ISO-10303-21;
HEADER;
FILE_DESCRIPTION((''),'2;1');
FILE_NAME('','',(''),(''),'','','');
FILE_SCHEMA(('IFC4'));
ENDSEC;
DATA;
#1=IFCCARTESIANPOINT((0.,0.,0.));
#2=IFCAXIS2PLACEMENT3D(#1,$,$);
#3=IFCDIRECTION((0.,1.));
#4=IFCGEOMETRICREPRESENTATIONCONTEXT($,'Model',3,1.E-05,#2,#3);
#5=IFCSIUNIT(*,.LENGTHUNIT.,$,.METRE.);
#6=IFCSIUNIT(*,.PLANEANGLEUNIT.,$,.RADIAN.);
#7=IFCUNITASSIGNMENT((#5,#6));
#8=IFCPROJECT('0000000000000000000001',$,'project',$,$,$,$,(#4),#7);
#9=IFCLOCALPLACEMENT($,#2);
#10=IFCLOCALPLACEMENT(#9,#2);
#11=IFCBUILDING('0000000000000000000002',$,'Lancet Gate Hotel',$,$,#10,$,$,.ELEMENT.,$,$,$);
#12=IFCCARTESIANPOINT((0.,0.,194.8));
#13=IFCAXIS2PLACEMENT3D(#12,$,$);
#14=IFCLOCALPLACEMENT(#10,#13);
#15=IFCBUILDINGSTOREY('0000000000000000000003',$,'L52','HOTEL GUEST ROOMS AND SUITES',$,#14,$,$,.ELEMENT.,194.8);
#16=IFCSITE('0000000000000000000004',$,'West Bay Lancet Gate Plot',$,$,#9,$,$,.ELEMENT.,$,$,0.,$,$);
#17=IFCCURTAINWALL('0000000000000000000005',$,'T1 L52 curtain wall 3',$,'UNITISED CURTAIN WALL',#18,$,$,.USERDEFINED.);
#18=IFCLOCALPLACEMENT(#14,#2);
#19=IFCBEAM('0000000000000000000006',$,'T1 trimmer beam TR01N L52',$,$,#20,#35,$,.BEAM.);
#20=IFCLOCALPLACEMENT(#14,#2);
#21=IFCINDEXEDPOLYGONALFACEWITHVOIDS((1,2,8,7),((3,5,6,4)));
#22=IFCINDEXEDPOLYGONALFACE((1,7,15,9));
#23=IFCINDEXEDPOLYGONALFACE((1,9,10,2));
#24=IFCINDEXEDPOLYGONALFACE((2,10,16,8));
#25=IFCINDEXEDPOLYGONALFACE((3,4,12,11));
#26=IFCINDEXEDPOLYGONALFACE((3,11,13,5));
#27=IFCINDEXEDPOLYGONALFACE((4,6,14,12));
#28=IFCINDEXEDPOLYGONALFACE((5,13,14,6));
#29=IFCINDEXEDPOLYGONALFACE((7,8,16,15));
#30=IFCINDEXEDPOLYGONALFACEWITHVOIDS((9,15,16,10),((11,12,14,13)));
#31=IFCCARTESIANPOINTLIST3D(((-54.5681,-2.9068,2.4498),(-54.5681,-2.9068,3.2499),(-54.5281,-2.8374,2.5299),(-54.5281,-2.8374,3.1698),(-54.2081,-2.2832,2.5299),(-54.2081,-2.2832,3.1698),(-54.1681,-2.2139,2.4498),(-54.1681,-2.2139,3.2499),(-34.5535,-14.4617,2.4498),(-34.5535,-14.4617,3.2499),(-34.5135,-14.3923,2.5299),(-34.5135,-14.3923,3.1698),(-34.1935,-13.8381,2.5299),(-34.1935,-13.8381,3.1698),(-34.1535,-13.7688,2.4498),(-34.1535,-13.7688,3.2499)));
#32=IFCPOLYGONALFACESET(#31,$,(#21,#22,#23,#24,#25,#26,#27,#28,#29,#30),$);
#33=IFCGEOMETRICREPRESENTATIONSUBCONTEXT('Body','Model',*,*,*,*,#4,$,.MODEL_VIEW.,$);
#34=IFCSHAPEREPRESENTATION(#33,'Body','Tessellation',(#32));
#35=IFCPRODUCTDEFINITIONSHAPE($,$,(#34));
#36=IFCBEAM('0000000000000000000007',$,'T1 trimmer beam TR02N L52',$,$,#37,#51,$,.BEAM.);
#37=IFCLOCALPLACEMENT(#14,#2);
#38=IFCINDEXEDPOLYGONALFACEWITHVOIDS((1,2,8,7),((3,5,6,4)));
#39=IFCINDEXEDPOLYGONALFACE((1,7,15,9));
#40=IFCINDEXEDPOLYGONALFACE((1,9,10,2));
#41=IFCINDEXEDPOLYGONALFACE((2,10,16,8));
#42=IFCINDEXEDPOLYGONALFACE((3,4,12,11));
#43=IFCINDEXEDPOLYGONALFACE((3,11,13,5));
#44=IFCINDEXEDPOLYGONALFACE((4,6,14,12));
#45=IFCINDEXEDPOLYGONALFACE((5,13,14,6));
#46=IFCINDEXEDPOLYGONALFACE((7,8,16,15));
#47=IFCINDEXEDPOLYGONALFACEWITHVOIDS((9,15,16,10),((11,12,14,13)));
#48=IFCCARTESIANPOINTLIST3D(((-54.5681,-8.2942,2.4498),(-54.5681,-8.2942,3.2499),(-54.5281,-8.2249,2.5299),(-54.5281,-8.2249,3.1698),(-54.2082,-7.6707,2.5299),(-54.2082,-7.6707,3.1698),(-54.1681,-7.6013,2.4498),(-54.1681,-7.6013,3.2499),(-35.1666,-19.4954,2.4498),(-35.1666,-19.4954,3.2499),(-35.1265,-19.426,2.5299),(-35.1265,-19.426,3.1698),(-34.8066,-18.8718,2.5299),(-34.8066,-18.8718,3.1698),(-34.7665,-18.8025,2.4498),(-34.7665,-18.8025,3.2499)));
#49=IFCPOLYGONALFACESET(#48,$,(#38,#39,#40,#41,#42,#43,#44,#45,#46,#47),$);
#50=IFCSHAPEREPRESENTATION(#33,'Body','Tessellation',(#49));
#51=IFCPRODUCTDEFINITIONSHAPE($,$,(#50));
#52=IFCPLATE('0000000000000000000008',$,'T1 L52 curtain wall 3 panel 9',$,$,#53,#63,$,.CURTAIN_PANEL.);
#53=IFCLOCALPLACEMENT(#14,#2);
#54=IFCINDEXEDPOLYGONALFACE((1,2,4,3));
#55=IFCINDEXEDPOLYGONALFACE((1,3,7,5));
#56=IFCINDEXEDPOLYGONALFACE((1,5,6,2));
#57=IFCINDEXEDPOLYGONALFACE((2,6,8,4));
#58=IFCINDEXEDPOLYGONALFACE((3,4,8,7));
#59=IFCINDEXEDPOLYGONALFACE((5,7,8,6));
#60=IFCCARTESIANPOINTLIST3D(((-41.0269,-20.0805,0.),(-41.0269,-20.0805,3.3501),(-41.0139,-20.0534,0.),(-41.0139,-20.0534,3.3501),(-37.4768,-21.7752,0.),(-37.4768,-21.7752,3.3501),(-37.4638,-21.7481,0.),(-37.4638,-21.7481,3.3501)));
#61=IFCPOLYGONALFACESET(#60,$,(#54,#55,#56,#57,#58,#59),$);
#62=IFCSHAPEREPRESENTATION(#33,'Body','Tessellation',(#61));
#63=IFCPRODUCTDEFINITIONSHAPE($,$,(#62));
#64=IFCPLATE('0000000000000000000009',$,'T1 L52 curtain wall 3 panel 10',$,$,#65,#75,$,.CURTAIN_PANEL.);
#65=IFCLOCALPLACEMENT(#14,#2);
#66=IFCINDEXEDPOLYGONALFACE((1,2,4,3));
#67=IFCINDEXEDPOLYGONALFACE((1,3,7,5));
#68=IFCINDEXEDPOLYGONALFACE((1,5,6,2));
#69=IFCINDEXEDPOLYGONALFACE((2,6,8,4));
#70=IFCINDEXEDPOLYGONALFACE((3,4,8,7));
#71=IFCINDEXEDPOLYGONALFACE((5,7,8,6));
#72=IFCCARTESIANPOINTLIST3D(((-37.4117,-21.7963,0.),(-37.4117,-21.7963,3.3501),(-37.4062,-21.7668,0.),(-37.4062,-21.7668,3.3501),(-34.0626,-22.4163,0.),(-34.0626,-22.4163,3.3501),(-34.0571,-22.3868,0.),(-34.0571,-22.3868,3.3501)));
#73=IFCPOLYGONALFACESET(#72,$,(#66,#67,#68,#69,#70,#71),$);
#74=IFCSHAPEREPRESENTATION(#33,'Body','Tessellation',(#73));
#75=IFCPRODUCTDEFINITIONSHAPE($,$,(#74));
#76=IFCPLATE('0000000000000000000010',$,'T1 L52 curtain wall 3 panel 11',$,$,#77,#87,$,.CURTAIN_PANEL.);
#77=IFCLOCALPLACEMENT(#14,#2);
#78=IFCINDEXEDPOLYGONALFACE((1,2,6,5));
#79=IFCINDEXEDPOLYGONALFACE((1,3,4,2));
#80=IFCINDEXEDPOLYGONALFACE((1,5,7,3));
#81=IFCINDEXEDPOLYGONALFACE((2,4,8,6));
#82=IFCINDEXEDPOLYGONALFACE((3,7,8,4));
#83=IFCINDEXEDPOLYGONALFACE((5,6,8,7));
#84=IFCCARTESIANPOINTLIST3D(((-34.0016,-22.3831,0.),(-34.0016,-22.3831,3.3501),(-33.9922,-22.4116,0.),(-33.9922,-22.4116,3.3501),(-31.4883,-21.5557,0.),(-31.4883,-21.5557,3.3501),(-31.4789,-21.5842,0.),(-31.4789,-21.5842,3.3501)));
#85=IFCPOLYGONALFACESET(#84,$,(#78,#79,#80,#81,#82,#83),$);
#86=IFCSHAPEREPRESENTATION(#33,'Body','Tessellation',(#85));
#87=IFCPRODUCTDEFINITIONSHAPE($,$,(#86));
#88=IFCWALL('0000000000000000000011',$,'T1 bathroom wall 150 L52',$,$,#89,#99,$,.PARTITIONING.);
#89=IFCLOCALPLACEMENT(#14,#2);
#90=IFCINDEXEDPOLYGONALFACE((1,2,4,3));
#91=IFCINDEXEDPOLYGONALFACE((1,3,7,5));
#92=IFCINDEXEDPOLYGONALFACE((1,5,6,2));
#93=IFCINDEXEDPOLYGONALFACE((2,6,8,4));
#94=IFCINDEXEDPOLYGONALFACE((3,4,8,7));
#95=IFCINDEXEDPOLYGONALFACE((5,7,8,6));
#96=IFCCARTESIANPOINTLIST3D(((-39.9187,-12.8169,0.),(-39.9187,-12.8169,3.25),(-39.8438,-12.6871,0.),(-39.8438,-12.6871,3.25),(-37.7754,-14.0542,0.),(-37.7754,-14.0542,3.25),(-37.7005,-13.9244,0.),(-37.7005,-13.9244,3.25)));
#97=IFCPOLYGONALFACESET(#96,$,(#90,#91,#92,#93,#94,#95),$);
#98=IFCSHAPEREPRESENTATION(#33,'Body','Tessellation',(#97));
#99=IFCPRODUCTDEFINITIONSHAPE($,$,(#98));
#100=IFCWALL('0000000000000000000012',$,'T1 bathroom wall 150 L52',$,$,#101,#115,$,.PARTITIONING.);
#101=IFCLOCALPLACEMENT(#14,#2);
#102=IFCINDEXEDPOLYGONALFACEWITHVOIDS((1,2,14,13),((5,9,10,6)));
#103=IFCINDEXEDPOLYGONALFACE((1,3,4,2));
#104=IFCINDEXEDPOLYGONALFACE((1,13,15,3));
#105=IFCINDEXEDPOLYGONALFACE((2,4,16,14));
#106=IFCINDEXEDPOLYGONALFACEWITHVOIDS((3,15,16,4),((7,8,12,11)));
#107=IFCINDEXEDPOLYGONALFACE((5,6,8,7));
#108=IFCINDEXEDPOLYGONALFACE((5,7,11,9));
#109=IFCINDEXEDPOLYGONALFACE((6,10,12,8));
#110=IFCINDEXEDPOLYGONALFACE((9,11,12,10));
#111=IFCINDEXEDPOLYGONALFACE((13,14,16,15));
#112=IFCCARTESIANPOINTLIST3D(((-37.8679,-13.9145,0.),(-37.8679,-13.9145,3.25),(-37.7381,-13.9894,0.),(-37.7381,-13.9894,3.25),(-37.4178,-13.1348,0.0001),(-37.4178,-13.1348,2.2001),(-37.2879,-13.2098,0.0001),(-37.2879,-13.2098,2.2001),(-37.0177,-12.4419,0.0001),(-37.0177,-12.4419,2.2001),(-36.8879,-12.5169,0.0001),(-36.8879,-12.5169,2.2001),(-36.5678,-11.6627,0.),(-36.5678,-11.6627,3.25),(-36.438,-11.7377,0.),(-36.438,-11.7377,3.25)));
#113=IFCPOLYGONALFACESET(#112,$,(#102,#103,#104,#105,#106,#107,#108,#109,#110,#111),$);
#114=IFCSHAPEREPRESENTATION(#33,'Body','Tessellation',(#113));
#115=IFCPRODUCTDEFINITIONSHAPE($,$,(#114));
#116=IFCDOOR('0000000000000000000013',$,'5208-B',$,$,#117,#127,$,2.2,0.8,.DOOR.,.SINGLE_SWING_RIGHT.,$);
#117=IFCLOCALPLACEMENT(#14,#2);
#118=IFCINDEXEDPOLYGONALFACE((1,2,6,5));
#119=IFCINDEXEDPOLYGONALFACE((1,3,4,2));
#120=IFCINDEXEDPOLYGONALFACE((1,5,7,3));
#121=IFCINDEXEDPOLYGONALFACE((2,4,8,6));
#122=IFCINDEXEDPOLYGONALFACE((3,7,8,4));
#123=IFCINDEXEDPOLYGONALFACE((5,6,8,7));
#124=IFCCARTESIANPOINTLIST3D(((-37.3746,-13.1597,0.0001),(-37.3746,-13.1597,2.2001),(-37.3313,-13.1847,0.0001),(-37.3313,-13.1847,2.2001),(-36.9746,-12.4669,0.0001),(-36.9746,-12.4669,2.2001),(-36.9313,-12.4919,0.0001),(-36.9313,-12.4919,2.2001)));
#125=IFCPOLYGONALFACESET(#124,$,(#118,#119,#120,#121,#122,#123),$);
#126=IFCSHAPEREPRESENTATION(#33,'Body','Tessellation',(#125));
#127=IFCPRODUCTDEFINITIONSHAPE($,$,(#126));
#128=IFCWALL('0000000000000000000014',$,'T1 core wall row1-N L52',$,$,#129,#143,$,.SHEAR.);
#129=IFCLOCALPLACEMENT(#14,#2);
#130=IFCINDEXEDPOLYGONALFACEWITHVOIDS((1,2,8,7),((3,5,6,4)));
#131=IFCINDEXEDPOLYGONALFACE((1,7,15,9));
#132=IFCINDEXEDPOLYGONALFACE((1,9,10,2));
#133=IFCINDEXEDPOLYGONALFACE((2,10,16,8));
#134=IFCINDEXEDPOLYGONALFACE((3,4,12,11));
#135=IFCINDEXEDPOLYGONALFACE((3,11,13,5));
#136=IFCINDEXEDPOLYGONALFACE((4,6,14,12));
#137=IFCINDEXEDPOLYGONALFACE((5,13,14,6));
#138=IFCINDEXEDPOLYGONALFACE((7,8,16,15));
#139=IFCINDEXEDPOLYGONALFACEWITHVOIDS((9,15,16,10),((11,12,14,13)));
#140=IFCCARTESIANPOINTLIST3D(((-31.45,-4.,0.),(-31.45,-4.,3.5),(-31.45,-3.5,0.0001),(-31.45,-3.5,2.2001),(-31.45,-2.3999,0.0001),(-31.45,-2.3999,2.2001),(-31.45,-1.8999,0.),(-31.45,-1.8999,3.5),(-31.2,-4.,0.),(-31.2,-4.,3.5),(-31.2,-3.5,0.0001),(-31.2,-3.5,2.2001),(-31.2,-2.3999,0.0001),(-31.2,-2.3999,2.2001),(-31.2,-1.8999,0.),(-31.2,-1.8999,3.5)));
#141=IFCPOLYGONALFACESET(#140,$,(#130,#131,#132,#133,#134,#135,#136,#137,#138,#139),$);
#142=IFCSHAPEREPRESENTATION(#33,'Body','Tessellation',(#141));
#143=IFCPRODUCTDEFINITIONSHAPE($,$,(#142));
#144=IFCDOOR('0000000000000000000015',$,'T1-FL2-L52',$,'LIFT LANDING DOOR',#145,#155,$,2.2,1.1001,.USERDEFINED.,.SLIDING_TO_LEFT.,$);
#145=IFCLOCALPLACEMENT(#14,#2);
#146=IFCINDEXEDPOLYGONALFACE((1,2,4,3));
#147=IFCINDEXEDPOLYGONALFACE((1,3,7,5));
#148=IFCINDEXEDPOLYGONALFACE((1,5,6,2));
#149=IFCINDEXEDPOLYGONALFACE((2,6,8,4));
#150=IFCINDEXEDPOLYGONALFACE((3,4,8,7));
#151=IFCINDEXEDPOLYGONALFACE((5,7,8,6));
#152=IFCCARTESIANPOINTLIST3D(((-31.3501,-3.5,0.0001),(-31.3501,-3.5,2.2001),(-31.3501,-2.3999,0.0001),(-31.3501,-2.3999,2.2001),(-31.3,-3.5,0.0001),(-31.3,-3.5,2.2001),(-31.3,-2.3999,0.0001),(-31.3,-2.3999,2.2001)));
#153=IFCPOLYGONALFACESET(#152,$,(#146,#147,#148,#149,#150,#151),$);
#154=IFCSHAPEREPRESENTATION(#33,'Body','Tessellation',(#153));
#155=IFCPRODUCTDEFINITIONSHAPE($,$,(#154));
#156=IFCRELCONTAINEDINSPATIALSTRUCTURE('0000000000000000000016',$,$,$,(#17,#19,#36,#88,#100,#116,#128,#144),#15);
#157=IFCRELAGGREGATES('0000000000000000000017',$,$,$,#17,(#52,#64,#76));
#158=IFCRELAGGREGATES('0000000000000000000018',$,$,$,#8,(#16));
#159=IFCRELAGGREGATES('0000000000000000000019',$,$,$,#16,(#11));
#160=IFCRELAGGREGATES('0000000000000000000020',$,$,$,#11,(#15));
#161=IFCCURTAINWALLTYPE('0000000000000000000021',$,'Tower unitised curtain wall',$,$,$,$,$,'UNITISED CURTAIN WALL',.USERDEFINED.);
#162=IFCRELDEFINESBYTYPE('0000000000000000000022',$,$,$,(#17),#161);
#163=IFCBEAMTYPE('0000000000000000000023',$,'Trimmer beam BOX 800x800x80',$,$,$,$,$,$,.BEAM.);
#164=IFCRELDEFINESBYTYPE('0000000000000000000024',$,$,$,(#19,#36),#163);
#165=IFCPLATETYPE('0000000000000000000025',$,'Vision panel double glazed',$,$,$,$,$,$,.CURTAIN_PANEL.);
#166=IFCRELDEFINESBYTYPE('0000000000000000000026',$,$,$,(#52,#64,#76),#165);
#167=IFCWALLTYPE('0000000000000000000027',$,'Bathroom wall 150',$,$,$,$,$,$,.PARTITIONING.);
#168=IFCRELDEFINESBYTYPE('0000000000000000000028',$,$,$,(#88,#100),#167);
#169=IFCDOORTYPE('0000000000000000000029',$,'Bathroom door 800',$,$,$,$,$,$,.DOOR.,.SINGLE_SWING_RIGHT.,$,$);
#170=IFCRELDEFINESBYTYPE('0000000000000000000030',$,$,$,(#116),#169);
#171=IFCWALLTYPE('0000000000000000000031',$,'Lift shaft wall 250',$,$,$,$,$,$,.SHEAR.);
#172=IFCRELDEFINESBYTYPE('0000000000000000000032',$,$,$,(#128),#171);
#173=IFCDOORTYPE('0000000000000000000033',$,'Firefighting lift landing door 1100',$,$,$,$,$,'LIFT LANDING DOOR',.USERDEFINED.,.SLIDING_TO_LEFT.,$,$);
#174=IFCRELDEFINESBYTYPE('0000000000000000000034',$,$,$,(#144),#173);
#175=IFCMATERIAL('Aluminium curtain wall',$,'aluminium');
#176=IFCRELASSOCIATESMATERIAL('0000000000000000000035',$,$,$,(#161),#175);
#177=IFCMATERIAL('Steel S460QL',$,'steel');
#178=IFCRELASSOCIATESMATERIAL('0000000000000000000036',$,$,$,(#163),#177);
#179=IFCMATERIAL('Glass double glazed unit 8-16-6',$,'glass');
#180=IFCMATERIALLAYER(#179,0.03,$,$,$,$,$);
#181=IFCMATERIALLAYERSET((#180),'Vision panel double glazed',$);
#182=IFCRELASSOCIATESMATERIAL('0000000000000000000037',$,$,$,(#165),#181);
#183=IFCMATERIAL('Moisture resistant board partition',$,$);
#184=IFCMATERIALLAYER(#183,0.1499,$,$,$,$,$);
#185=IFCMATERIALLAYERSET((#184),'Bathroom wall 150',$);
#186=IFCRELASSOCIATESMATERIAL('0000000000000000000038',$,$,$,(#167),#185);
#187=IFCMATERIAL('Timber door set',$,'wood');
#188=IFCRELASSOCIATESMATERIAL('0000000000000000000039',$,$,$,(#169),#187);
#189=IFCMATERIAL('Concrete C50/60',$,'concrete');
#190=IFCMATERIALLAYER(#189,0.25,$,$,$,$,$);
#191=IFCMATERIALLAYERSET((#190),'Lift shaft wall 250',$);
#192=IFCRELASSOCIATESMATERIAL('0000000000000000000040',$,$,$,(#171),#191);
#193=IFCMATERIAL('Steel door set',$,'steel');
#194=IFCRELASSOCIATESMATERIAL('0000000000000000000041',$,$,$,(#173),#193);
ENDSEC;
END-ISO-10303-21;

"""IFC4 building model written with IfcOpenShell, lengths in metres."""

from ifc_helpers import new_model, si_unit, direction, frame, frame_2d, origin, origin_2d, place, context, subcontext, project, spatial, rectangle, hollow_rectangle, extrude, material, layer, layer_set, material_profile, profile_set, type_object, element, fill, aggregate, save


model = new_model("IFC4")

# Units and contexts
model_context = context("Model", 3, precision=1e-05, world=origin(), true_north=direction((0.0, 1.0)))
body_context = subcontext(model_context, "Body", "Model", "MODEL_VIEW")
ifc_project = project(units=[si_unit("LENGTHUNIT", "METRE"), si_unit("PLANEANGLEUNIT", "RADIAN")], contexts=[model_context])

# Site, building, storey
site_placement = place(None, origin())
site = spatial("IfcSite", under=ifc_project, at=site_placement, Name="West Bay Lancet Gate Plot", CompositionType="ELEMENT", RefElevation=0.0)
building_placement = place(site_placement, origin())
building = spatial("IfcBuilding", under=site, at=building_placement, Name="Lancet Gate Hotel", CompositionType="ELEMENT")
storey_placement = place(building_placement, frame((0.0, 0.0, 194.8)))
storey = spatial("IfcBuildingStorey", under=building, at=storey_placement, Name="L52", Description="HOTEL GUEST ROOMS AND SUITES", CompositionType="ELEMENT", Elevation=194.8)

# Curtain wall
ifc_material_1 = material(Name="Aluminium curtain wall", Category="aluminium")
curtain_wall_type = type_object("IfcCurtainWallType", Name="Tower unitised curtain wall", ElementType="UNITISED CURTAIN WALL", PredefinedType="USERDEFINED", material=ifc_material_1)
curtain_wall_1_placement = place(storey_placement, origin())
curtain_wall_1 = element("IfcCurtainWall", 1, at=curtain_wall_1_placement, inside=storey, type_object=curtain_wall_type, Name="T1 L52 curtain wall 3", ObjectType="UNITISED CURTAIN WALL", PredefinedType="USERDEFINED")

# Beams
ifc_material_2 = material(Name="Steel S460QL", Category="steel")
ifc_material_profile_1 = material_profile(ifc_material_2, hollow_rectangle(XDim=0.8, YDim=0.8, WallThickness=0.0801, at=origin_2d()), Name="BOX 800x800x80")
ifc_profile_set_1 = profile_set([ifc_material_profile_1], Name="Steel S460QL")
beam_type_1 = type_object("IfcBeamType", Name="Trimmer beam BOX 800x800x80", PredefinedType="BEAM", material=ifc_profile_set_1)
beam_1_placement = place(storey_placement, frame((-34.3535, -14.1152, 2.8499), z_axis=(-0.866035, 0.499983, 0.0), x_axis=(-0.499983, -0.866035, 0.0)))
element("IfcBeam", 2, at=beam_1_placement, inside=storey, type_object=beam_type_1, Name="T1 trimmer beam TR01N L52", PredefinedType="BEAM", context=body_context, shape_type="SweptSolid", body=[
    extrude(hollow_rectangle(XDim=0.8, YDim=0.8, WallThickness=0.0801, at=origin_2d()), origin(), (0.0, 0.0, 1.0), 23.1106),
])
beam_2_placement = place(storey_placement, frame((-34.9666, -19.1489, 2.8499), z_axis=(-0.866032, 0.499988, 0.0), x_axis=(-0.499988, -0.866032, 0.0)))
element("IfcBeam", 3, at=beam_2_placement, inside=storey, type_object=beam_type_1, Name="T1 trimmer beam TR02N L52", PredefinedType="BEAM", context=body_context, shape_type="SweptSolid", body=[
    extrude(hollow_rectangle(XDim=0.8, YDim=0.8, WallThickness=0.0801, at=origin_2d()), origin(), (0.0, 0.0, 1.0), 22.4028),
])

# Plates
ifc_material_3 = material(Name="Glass double glazed unit 8-16-6", Category="glass")
ifc_layer_1 = layer(ifc_material_3, 0.03)
ifc_layer_set_1 = layer_set([ifc_layer_1], Name="Vision panel double glazed")
plate_type = type_object("IfcPlateType", Name="Vision panel double glazed", PredefinedType="CURTAIN_PANEL", material=ifc_layer_set_1)
plate_1_placement = place(storey_placement, frame((-39.2454, -20.9143, 0.0), z_axis=(0.0, 0.0, 1.0), x_axis=(0.902454, -0.430787, 0.0)))
plate_1 = element("IfcPlate", 4, at=plate_1_placement, type_object=plate_type, Name="T1 L52 curtain wall 3 panel 9", PredefinedType="CURTAIN_PANEL", context=body_context, shape_type="SweptSolid", body=[
    extrude(rectangle(XDim=3.9338, YDim=0.03, at=origin_2d()), origin(), (0.0, 0.0, 1.0), 3.3501),
])
plate_2_placement = place(storey_placement, frame((-35.7344, -22.0916, 0.0), z_axis=(0.0, 0.0, 1.0), x_axis=(0.983292, -0.182033, 0.0)))
plate_2 = element("IfcPlate", 5, at=plate_2_placement, type_object=plate_type, Name="T1 L52 curtain wall 3 panel 10", PredefinedType="CURTAIN_PANEL", context=body_context, shape_type="SweptSolid", body=[
    extrude(rectangle(XDim=3.406, YDim=0.03, at=origin_2d()), origin(), (0.0, 0.0, 1.0), 3.3501),
])
plate_3_placement = place(storey_placement, frame((-32.7402, -21.9836, 0.0), z_axis=(0.0, 0.0, 1.0), x_axis=(0.949848, 0.312712, 0.0)))
plate_3 = element("IfcPlate", 6, at=plate_3_placement, type_object=plate_type, Name="T1 L52 curtain wall 3 panel 11", PredefinedType="CURTAIN_PANEL", context=body_context, shape_type="SweptSolid", body=[
    extrude(rectangle(XDim=2.646, YDim=0.03, at=origin_2d()), origin(), (0.0, 0.0, 1.0), 3.3501),
])
aggregate(curtain_wall_1, [plate_1, plate_2, plate_3])

# Wall
ifc_material_4 = material(Name="Moisture resistant board partition")
ifc_layer_2 = layer(ifc_material_4, 0.1499)
ifc_layer_set_2 = layer_set([ifc_layer_2], Name="Bathroom wall 150")
wall_type_1 = type_object("IfcWallType", Name="Bathroom wall 150", PredefinedType="PARTITIONING", material=ifc_layer_set_2)
wall_1_placement = place(storey_placement, frame((-37.738, -13.9893, 0.0), z_axis=(0.0, 0.0, 1.0), x_axis=(-0.866049, 0.499959, 0.0)))
element("IfcWall", 7, at=wall_1_placement, inside=storey, type_object=wall_type_1, Name="T1 bathroom wall 150 L52", PredefinedType="PARTITIONING", context=body_context, shape_type="SweptSolid", body=[
    extrude(rectangle(XDim=2.4749, YDim=0.1499, at=frame_2d((1.2373, 0.0))), origin(), (0.0, 0.0, 1.0), 3.25),
])

# Walls, openings, doors
wall_2_placement = place(storey_placement, frame((-36.5029, -11.7002, 0.0), z_axis=(0.0, 0.0, 1.0), x_axis=(-0.500007, -0.866021, 0.0)))
wall_2 = element("IfcWall", 8, at=wall_2_placement, inside=storey, type_object=wall_type_1, Name="T1 bathroom wall 150 L52", PredefinedType="PARTITIONING", context=body_context, shape_type="SweptSolid", body=[
    extrude(rectangle(XDim=2.6001, YDim=0.1499, at=frame_2d((1.3, 0.0))), origin(), (0.0, 0.0, 1.0), 3.25),
])
opening_1_placement = place(wall_2_placement, frame((0.8999, 0.0, 0.0)))
opening_1 = element("IfcOpeningElement", 9, at=opening_1_placement, cuts=wall_2, PredefinedType="OPENING", context=body_context, shape_type="SweptSolid", body=[
    extrude(rectangle(XDim=0.8, YDim=2.2, at=frame_2d((0.3999, 1.1001))), frame((0.0, 0.085, 0.0), z_axis=(0.0, -1.0, 0.0), x_axis=(1.0, 0.0, 0.0)), (0.0, 0.0, 1.0), 0.1699),
])
ifc_material_5 = material(Name="Timber door set", Category="wood")
door_type_1 = type_object("IfcDoorType", Name="Bathroom door 800", OperationType="SINGLE_SWING_RIGHT", PredefinedType="DOOR", material=ifc_material_5)
door_1_placement = place(opening_1_placement, origin())
door_1 = element("IfcDoor", 10, at=door_1_placement, inside=storey, type_object=door_type_1, Name="5208-B", OperationType="SINGLE_SWING_RIGHT", OverallHeight=2.2, OverallWidth=0.8, PredefinedType="DOOR", context=body_context, shape_type="SweptSolid", body=[
    extrude(rectangle(XDim=0.8, YDim=2.2, at=frame_2d((0.3999, 1.1001))), frame((0.0, 0.0249, 0.0), z_axis=(0.0, -1.0, 0.0), x_axis=(1.0, 0.0, 0.0)), (0.0, 0.0, 1.0), 0.05),
])
fill(opening_1, door_1)
ifc_material_6 = material(Name="Concrete C50/60", Category="concrete")
ifc_layer_3 = layer(ifc_material_6, 0.25)
ifc_layer_set_3 = layer_set([ifc_layer_3], Name="Lift shaft wall 250")
wall_type_2 = type_object("IfcWallType", Name="Lift shaft wall 250", PredefinedType="SHEAR", material=ifc_layer_set_3)
wall_3_placement = place(storey_placement, frame((-31.325, -1.8999, 0.0), z_axis=(0.0, 0.0, 1.0), x_axis=(0.0, -1.0, 0.0)))
wall_3 = element("IfcWall", 11, at=wall_3_placement, inside=storey, type_object=wall_type_2, Name="T1 core wall row1-N L52", PredefinedType="SHEAR", context=body_context, shape_type="SweptSolid", body=[
    extrude(rectangle(XDim=2.1001, YDim=0.25, at=frame_2d((1.05, 0.0))), origin(), (0.0, 0.0, 1.0), 3.5),
])
opening_2_placement = place(wall_3_placement, frame((0.5, 0.0, 0.0)))
opening_2 = element("IfcOpeningElement", 12, at=opening_2_placement, cuts=wall_3, PredefinedType="OPENING", context=body_context, shape_type="SweptSolid", body=[
    extrude(rectangle(XDim=1.1001, YDim=2.2, at=frame_2d((0.55, 1.1001))), frame((0.0, 0.135, 0.0), z_axis=(0.0, -1.0, 0.0), x_axis=(1.0, 0.0, 0.0)), (0.0, 0.0, 1.0), 0.27),
])
ifc_material_7 = material(Name="Steel door set", Category="steel")
door_type_2 = type_object("IfcDoorType", Name="Firefighting lift landing door 1100", ElementType="LIFT LANDING DOOR", OperationType="SLIDING_TO_LEFT", PredefinedType="USERDEFINED", material=ifc_material_7)
door_2_placement = place(opening_2_placement, origin())
door_2 = element("IfcDoor", 13, at=door_2_placement, inside=storey, type_object=door_type_2, Name="T1-FL2-L52", ObjectType="LIFT LANDING DOOR", OperationType="SLIDING_TO_LEFT", OverallHeight=2.2, OverallWidth=1.1001, PredefinedType="USERDEFINED", context=body_context, shape_type="SweptSolid", body=[
    extrude(rectangle(XDim=1.1001, YDim=2.2, at=frame_2d((0.55, 1.1001))), frame((0.0, 0.0249, 0.0), z_axis=(0.0, -1.0, 0.0), x_axis=(1.0, 0.0, 0.0)), (0.0, 0.0, 1.0), 0.05),
])
fill(opening_2, door_2)

save(model, "model.ifc")
